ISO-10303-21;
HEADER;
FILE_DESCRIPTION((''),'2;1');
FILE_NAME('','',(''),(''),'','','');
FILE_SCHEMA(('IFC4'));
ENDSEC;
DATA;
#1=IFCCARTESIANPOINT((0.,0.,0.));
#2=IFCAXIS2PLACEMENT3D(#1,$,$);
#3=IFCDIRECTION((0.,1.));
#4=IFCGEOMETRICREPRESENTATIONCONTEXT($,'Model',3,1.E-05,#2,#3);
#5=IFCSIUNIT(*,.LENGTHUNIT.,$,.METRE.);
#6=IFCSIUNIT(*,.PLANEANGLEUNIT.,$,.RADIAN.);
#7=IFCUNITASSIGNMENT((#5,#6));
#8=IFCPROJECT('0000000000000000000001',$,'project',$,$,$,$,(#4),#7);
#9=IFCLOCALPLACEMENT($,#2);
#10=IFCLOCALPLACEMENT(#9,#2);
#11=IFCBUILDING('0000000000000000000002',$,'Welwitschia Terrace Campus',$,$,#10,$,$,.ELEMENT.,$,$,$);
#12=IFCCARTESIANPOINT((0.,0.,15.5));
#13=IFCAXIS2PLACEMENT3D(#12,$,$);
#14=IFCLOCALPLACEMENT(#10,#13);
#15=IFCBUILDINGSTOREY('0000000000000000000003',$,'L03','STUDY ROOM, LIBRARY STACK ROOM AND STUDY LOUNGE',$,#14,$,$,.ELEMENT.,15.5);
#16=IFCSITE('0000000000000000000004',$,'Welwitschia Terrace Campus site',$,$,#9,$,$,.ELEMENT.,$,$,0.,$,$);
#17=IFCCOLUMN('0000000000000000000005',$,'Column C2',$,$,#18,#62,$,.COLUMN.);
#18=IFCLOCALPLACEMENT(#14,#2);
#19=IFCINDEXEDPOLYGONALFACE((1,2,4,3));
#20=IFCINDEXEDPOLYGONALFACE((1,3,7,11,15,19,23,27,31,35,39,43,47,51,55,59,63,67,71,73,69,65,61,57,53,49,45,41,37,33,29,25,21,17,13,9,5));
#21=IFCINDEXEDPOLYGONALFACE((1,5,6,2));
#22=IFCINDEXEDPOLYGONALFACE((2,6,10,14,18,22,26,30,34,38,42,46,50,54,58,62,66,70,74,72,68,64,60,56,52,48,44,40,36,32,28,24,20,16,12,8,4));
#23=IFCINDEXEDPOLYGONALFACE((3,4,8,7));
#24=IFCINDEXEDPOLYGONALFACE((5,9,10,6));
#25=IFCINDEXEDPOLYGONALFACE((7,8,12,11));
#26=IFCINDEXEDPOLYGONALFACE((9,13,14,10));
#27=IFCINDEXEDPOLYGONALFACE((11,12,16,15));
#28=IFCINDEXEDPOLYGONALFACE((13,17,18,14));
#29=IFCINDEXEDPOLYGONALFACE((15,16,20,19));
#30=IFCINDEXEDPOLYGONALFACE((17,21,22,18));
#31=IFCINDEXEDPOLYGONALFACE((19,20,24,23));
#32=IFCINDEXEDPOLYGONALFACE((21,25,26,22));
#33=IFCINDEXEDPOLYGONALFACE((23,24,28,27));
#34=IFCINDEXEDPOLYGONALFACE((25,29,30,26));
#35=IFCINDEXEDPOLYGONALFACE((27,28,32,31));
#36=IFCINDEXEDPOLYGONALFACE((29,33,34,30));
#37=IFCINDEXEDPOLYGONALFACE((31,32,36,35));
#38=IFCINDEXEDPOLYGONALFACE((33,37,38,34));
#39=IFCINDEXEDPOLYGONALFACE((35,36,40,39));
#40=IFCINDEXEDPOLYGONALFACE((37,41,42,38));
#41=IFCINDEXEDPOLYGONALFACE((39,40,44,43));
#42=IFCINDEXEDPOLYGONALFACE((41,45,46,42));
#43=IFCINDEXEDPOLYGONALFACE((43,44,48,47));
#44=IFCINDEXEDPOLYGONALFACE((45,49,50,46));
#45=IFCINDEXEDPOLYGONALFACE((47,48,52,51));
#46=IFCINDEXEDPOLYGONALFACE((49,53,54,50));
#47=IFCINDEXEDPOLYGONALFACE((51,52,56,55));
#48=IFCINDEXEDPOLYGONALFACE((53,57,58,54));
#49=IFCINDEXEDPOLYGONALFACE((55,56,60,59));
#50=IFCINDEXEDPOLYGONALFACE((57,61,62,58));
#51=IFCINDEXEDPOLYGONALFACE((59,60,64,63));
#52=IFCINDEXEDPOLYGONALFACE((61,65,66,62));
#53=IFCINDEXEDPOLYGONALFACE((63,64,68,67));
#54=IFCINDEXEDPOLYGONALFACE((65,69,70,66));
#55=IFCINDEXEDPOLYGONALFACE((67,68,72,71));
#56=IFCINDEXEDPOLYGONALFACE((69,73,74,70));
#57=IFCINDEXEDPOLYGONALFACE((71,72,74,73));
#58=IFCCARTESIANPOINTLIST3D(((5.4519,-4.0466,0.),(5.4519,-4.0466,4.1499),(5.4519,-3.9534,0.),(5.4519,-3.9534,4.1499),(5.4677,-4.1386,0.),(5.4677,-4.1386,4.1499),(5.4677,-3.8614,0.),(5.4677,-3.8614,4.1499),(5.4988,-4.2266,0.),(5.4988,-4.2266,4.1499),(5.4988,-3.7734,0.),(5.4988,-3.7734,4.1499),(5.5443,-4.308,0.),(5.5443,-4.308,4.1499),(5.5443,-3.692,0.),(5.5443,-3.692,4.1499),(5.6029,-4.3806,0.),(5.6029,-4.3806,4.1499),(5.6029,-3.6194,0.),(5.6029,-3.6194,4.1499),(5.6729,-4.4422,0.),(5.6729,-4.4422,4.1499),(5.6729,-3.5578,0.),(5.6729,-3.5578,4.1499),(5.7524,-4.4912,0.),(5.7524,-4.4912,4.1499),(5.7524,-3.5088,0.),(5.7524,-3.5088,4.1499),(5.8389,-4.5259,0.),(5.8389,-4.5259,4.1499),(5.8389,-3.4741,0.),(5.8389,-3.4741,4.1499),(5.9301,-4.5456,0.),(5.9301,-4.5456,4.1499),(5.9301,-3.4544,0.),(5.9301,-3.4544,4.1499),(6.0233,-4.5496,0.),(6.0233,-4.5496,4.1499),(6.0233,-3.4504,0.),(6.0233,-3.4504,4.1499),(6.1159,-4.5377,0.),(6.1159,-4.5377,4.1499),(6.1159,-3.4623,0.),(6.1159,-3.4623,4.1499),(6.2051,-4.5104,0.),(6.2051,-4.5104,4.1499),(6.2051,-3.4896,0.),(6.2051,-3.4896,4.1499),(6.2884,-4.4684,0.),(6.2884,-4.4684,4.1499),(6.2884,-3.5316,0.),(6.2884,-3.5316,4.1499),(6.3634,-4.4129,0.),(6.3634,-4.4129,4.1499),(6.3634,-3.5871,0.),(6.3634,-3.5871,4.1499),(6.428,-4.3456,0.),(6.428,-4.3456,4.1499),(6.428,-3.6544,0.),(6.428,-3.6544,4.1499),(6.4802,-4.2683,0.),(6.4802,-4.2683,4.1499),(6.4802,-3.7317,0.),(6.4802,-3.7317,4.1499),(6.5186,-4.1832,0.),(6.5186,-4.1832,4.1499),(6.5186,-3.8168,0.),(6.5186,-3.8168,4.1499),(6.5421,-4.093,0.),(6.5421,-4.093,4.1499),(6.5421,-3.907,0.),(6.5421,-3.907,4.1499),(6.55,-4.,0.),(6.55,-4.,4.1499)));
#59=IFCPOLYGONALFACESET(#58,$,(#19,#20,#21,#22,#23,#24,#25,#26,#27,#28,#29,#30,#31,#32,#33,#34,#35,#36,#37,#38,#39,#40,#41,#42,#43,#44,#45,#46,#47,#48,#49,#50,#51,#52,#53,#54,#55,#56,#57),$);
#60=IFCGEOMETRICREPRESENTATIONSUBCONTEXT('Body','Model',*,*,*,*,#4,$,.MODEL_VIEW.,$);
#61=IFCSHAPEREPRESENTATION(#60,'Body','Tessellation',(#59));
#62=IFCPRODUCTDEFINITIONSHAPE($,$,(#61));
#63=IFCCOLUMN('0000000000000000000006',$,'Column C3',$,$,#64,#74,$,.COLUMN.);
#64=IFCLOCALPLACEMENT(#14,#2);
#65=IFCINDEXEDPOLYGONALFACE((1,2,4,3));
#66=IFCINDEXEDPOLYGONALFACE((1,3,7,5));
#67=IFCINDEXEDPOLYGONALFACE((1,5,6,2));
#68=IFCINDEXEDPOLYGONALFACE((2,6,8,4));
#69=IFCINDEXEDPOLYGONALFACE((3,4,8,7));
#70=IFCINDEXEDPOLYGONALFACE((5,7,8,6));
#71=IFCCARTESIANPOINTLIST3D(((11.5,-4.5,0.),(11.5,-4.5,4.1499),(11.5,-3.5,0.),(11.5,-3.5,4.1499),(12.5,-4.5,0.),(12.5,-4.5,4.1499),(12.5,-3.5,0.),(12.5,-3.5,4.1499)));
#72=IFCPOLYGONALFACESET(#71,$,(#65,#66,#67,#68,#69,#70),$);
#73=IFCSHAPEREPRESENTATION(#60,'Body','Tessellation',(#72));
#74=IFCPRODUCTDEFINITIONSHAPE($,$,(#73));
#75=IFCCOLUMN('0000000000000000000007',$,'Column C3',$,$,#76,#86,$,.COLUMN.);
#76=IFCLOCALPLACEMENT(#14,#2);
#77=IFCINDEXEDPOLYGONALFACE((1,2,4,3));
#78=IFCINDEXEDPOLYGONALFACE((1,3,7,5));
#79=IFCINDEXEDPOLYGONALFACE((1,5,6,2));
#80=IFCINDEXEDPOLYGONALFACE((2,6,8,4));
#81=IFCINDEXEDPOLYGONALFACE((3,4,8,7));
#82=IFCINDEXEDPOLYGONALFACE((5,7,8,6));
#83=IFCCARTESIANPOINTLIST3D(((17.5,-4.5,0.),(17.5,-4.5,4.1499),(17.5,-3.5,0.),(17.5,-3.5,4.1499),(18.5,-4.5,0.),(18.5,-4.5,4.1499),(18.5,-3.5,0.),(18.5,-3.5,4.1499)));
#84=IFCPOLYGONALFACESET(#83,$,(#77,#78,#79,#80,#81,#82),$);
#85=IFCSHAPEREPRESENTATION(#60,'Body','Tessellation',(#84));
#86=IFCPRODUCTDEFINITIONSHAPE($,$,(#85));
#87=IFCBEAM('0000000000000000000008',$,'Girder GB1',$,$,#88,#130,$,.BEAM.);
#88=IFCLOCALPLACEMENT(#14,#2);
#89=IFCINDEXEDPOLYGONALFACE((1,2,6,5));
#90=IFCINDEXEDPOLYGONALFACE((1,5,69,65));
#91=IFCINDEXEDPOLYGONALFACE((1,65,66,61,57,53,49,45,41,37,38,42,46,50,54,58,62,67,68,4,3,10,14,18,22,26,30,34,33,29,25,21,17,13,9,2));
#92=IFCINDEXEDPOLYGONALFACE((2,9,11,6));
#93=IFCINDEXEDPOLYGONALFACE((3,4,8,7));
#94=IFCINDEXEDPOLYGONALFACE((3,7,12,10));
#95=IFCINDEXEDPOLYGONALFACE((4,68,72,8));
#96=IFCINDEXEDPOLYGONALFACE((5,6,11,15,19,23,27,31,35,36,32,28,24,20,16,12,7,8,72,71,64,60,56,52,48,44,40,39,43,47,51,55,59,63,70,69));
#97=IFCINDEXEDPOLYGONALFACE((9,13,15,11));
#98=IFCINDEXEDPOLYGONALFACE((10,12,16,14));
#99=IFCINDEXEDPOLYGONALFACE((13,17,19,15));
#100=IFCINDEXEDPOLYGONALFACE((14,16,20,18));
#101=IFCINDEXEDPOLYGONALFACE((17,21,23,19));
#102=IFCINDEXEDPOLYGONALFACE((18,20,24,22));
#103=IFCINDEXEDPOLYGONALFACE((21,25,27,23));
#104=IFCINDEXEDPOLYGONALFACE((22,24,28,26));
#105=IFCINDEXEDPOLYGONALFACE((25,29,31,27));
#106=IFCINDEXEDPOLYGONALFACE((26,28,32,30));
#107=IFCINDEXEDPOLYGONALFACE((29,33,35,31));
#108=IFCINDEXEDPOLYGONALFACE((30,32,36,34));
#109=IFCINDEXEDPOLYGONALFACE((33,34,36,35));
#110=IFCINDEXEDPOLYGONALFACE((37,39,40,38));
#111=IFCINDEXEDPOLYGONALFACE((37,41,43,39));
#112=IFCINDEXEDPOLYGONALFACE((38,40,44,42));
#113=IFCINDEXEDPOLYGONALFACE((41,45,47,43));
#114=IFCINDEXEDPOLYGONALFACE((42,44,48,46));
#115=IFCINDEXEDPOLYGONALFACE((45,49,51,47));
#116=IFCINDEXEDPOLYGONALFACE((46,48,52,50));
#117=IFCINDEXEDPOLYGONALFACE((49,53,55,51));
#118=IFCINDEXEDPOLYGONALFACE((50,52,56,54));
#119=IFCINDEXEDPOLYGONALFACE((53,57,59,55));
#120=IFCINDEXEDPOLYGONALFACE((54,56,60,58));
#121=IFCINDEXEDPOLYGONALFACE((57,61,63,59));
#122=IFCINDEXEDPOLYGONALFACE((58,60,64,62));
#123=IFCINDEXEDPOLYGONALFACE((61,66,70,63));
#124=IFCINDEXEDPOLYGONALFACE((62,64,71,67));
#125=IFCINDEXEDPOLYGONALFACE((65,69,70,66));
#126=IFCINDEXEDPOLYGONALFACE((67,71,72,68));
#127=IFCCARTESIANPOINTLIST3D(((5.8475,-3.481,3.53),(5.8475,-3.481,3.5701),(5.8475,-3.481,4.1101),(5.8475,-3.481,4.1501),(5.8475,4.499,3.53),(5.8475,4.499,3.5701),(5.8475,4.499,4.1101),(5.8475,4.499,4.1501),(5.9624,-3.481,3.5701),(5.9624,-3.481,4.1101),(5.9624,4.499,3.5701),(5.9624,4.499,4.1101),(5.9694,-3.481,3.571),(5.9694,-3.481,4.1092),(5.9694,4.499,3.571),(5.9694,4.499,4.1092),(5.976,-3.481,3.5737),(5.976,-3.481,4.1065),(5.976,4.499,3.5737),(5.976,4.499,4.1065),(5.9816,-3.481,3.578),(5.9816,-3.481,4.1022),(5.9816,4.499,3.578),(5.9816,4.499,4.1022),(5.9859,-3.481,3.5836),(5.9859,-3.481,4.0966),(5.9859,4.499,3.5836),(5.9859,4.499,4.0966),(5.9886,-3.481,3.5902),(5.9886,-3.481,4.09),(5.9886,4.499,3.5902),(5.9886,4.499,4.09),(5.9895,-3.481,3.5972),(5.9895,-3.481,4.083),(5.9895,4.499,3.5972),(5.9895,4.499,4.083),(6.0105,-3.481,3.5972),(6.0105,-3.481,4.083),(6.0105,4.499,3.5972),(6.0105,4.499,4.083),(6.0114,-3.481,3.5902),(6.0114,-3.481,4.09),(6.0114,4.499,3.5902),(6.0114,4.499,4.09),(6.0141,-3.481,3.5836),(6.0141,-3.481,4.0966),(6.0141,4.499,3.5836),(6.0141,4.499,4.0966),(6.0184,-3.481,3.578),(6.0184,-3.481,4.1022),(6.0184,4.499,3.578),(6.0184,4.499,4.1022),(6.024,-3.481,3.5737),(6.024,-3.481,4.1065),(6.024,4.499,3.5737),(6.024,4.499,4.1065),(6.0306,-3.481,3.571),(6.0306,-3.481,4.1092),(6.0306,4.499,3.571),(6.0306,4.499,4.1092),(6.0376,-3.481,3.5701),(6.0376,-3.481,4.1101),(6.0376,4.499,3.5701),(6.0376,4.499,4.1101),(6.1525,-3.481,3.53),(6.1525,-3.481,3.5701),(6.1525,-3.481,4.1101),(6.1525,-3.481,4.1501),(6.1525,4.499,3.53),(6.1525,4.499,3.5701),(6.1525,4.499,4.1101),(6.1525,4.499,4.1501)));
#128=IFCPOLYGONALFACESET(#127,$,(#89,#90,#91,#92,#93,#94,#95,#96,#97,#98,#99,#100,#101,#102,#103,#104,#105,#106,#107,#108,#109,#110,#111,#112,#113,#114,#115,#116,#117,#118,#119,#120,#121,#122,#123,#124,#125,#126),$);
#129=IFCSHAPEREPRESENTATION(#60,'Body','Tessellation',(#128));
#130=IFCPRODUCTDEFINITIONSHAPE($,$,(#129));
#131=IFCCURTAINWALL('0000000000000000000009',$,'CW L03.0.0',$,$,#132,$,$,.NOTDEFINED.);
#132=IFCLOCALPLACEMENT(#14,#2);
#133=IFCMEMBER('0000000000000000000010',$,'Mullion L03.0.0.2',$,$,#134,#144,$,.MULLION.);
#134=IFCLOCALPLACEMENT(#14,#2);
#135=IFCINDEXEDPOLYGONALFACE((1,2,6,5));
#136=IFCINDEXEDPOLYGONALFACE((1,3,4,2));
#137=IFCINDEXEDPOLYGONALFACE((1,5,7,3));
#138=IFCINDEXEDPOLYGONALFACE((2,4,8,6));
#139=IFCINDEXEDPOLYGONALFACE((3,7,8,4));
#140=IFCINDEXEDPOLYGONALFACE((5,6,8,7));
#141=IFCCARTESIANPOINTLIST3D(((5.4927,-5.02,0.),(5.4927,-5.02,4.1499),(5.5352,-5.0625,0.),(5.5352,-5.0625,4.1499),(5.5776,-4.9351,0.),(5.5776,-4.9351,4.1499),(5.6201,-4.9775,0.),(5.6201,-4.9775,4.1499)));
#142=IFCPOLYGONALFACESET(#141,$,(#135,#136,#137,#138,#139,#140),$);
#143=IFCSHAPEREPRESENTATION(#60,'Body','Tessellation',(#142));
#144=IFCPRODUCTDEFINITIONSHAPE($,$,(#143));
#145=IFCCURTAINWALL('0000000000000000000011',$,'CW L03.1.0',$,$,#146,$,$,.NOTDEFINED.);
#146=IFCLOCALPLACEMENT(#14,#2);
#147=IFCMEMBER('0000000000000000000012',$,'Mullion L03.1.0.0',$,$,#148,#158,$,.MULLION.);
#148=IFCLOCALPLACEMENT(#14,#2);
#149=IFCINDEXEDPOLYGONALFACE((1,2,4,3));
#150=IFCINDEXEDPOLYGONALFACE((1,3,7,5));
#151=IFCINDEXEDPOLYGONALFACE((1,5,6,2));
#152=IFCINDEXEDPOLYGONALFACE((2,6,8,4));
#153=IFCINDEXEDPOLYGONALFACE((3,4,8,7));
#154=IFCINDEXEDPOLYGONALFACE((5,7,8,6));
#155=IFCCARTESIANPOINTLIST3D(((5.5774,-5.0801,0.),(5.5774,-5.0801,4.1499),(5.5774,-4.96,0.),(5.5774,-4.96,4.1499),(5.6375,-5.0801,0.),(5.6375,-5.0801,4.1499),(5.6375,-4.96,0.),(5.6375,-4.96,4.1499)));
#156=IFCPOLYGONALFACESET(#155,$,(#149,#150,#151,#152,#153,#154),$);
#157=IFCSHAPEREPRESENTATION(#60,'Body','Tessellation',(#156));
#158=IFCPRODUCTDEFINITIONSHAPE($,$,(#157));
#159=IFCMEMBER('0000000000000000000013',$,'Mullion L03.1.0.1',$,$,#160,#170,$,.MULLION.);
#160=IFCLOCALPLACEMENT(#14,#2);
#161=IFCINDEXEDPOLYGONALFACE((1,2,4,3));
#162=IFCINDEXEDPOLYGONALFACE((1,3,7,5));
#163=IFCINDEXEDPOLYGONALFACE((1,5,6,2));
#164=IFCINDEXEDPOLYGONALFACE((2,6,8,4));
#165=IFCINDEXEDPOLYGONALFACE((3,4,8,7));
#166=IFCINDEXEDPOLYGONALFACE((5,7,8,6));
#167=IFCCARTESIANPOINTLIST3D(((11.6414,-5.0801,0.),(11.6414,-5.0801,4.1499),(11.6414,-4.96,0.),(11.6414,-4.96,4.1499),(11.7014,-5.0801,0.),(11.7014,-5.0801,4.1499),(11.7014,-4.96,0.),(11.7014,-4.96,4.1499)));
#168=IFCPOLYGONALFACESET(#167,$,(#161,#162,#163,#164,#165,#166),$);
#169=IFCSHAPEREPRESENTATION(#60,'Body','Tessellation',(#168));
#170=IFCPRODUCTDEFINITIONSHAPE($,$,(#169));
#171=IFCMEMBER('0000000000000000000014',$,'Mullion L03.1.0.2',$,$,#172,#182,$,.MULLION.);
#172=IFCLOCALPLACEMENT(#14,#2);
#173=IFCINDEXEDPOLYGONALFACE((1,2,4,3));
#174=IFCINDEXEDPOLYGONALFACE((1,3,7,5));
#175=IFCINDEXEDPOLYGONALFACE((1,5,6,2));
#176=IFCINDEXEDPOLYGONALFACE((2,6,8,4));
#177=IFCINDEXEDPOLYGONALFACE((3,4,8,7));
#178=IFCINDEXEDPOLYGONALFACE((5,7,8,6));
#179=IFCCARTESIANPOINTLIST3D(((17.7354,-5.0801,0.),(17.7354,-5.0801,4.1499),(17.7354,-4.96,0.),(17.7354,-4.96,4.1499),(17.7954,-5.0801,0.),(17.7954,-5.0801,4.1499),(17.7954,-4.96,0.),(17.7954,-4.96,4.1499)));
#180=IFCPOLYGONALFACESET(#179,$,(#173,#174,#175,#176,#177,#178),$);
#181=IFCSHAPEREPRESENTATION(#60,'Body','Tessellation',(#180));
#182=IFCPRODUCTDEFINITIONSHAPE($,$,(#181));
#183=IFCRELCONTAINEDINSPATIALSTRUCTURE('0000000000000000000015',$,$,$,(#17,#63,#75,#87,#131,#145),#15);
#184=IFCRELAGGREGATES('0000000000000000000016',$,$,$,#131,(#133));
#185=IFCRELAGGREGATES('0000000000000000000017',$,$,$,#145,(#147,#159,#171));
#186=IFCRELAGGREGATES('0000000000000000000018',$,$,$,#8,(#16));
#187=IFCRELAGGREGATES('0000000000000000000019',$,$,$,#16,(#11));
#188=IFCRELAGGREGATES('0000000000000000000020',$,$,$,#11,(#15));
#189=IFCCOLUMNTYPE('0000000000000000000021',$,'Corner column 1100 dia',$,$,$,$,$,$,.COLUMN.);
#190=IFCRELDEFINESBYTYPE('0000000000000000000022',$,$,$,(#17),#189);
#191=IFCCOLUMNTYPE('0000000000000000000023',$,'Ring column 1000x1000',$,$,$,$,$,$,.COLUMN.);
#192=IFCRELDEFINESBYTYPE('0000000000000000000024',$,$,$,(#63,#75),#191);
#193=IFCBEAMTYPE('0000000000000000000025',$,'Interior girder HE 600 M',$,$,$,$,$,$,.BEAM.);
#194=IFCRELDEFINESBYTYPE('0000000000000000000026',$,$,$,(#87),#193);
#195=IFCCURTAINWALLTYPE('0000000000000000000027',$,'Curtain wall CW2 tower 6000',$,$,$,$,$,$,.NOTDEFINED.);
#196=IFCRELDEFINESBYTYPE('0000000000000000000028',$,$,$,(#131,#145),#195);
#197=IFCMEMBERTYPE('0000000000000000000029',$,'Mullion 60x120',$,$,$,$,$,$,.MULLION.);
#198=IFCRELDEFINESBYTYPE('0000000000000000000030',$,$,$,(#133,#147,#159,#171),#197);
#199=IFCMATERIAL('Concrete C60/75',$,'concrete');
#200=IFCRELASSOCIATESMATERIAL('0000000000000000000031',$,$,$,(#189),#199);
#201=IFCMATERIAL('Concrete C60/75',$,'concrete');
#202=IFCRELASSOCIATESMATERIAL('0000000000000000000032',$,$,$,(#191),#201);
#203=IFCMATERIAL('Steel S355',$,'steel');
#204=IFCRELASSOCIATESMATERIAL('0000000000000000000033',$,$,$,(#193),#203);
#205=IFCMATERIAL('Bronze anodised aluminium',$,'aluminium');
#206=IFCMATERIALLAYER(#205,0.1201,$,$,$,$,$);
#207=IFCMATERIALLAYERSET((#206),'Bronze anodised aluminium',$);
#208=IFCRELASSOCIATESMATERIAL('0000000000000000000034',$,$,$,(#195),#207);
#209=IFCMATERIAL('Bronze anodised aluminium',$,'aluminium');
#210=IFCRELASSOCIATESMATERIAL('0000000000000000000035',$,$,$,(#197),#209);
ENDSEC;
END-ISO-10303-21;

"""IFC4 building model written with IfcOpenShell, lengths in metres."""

from ifc_helpers import new_model, si_unit, direction, frame, origin, origin_2d, place, context, subcontext, project, spatial, rectangle, circle, i_section, extrude, material, layer, layer_set, material_profile, profile_set, type_object, element, aggregate, save


model = new_model("IFC4")

# Units and contexts
model_context = context("Model", 3, precision=1e-05, world=origin(), true_north=direction((0.0, 1.0)))
body_context = subcontext(model_context, "Body", "Model", "MODEL_VIEW")
ifc_project = project(units=[si_unit("LENGTHUNIT", "METRE"), si_unit("PLANEANGLEUNIT", "RADIAN")], contexts=[model_context])

# Site, building, storey
site_placement = place(None, origin())
site = spatial("IfcSite", under=ifc_project, at=site_placement, Name="Welwitschia Terrace Campus site", CompositionType="ELEMENT", RefElevation=0.0)
building_placement = place(site_placement, origin())
building = spatial("IfcBuilding", under=site, at=building_placement, Name="Welwitschia Terrace Campus", CompositionType="ELEMENT")
storey_placement = place(building_placement, frame((0.0, 0.0, 15.5)))
storey = spatial("IfcBuildingStorey", under=building, at=storey_placement, Name="L03", Description="STUDY ROOM, LIBRARY STACK ROOM AND STUDY LOUNGE", CompositionType="ELEMENT", Elevation=15.5)

# Columns
ifc_material_1 = material(Name="Concrete C60/75", Category="concrete")
ifc_material_profile_1 = material_profile(ifc_material_1, circle(Radius=0.55, at=origin_2d()))
ifc_profile_set_1 = profile_set([ifc_material_profile_1], Name="Concrete C60/75")
column_type_1 = type_object("IfcColumnType", Name="Corner column 1100 dia", PredefinedType="COLUMN", material=ifc_profile_set_1)
column_placement = place(storey_placement, frame((6.0, -4.0, 0.0), z_axis=(0.0, 0.0, 1.0), x_axis=(1.0, 0.0, 0.0)))
element("IfcColumn", 1, at=column_placement, inside=storey, type_object=column_type_1, Name="Column C2", PredefinedType="COLUMN", context=body_context, shape_type="SweptSolid", body=[
    extrude(circle(Radius=0.55, at=origin_2d()), origin(), (0.0, 0.0, 1.0), 4.1499),
])
ifc_material_2 = material(Name="Concrete C60/75", Category="concrete")
ifc_material_profile_2 = material_profile(ifc_material_2, rectangle(XDim=1.0, YDim=1.0, at=origin_2d()))
ifc_profile_set_2 = profile_set([ifc_material_profile_2], Name="Concrete C60/75")
column_type_2 = type_object("IfcColumnType", Name="Ring column 1000x1000", PredefinedType="COLUMN", material=ifc_profile_set_2)
for number, where, z_axis, x_axis, name in (
    (2, (12.0, -4.0, 0.0), (0.0, 0.0, 1.0), (1.0, 0.0, 0.0), "Column C3"),
    (3, (18.0, -4.0, 0.0), (0.0, 0.0, 1.0), (1.0, 0.0, 0.0), "Column C3"),
):
    element("IfcColumn", number, at=place(storey_placement, frame(where, z_axis=z_axis, x_axis=x_axis)), inside=storey, type_object=column_type_2, Name=name, PredefinedType="COLUMN", context=body_context, shape_type="SweptSolid", body=[
        extrude(rectangle(XDim=1.0, YDim=1.0, at=origin_2d()), origin(), (0.0, 0.0, 1.0), 4.1499),
    ])

# Beam
ifc_material_3 = material(Name="Steel S355", Category="steel")
ifc_material_profile_3 = material_profile(ifc_material_3, i_section(OverallWidth=0.3049, OverallDepth=0.6201, WebThickness=0.021, FlangeThickness=0.04, FilletRadius=0.0271, at=origin_2d()))
ifc_profile_set_3 = profile_set([ifc_material_profile_3], Name="Steel S355")
beam_type_1 = type_object("IfcBeamType", Name="Interior girder HE 600 M", PredefinedType="BEAM", material=ifc_profile_set_3)
beam_1_placement = place(storey_placement, frame((6.0, -3.481, 3.8401), z_axis=(0.0, 1.0, 0.0), x_axis=(-1.0, 0.0, 0.0)))
element("IfcBeam", 4, at=beam_1_placement, inside=storey, type_object=beam_type_1, Name="Girder GB1", PredefinedType="BEAM", context=body_context, shape_type="SweptSolid", body=[
    extrude(i_section(OverallWidth=0.3049, OverallDepth=0.6201, WebThickness=0.021, FlangeThickness=0.04, FilletRadius=0.0271, at=origin_2d()), origin(), (0.0, 0.0, 1.0), 7.98),
])

# Curtain wall, member
ifc_material_4 = material(Name="Bronze anodised aluminium", Category="aluminium")
ifc_layer_1 = layer(ifc_material_4, 0.1201)
ifc_layer_set_1 = layer_set([ifc_layer_1], Name="Bronze anodised aluminium")
curtain_wall_type = type_object("IfcCurtainWallType", Name="Curtain wall CW2 tower 6000", PredefinedType="NOTDEFINED", material=ifc_layer_set_1)
curtain_wall_1_placement = place(storey_placement, origin())
curtain_wall_1 = element("IfcCurtainWall", 5, at=curtain_wall_1_placement, inside=storey, type_object=curtain_wall_type, Name="CW L03.0.0", PredefinedType="NOTDEFINED")
ifc_material_5 = material(Name="Bronze anodised aluminium", Category="aluminium")
ifc_material_profile_4 = material_profile(ifc_material_5, rectangle(XDim=0.1201, YDim=0.0601, at=origin_2d()))
ifc_profile_set_4 = profile_set([ifc_material_profile_4], Name="Bronze anodised aluminium")
member_type_1 = type_object("IfcMemberType", Name="Mullion 60x120", PredefinedType="MULLION", material=ifc_profile_set_4)
member_1_placement = place(storey_placement, frame((5.5564, -4.9988, 0.0), z_axis=(0.0, 0.0, 1.0), x_axis=(0.707107, 0.707107, 0.0)))
member_1 = element("IfcMember", 6, at=member_1_placement, type_object=member_type_1, Name="Mullion L03.0.0.2", PredefinedType="MULLION", context=body_context, shape_type="SweptSolid", body=[
    extrude(rectangle(XDim=0.1201, YDim=0.0601, at=origin_2d()), origin(), (0.0, 0.0, 1.0), 4.1499),
])

# Curtain wall, members
curtain_wall_2_placement = place(storey_placement, origin())
curtain_wall_2 = element("IfcCurtainWall", 7, at=curtain_wall_2_placement, inside=storey, type_object=curtain_wall_type, Name="CW L03.1.0", PredefinedType="NOTDEFINED")
member_2_placement = place(storey_placement, frame((5.6074, -5.02, 0.0), z_axis=(0.0, 0.0, 1.0), x_axis=(0.0, 1.0, 0.0)))
member_2 = element("IfcMember", 8, at=member_2_placement, type_object=member_type_1, Name="Mullion L03.1.0.0", PredefinedType="MULLION", context=body_context, shape_type="SweptSolid", body=[
    extrude(rectangle(XDim=0.1201, YDim=0.0601, at=origin_2d()), origin(), (0.0, 0.0, 1.0), 4.1499),
])
member_3_placement = place(storey_placement, frame((11.6714, -5.02, 0.0), z_axis=(0.0, 0.0, 1.0), x_axis=(0.0, 1.0, 0.0)))
member_3 = element("IfcMember", 9, at=member_3_placement, type_object=member_type_1, Name="Mullion L03.1.0.1", PredefinedType="MULLION", context=body_context, shape_type="SweptSolid", body=[
    extrude(rectangle(XDim=0.1201, YDim=0.0601, at=origin_2d()), origin(), (0.0, 0.0, 1.0), 4.1499),
])
member_4_placement = place(storey_placement, frame((17.7654, -5.02, 0.0), z_axis=(0.0, 0.0, 1.0), x_axis=(0.0, 1.0, 0.0)))
member_4 = element("IfcMember", 10, at=member_4_placement, type_object=member_type_1, Name="Mullion L03.1.0.2", PredefinedType="MULLION", context=body_context, shape_type="SweptSolid", body=[
    extrude(rectangle(XDim=0.1201, YDim=0.0601, at=origin_2d()), origin(), (0.0, 0.0, 1.0), 4.1499),
])

aggregate(curtain_wall_1, [member_1])
aggregate(curtain_wall_2, [member_2, member_3, member_4])

save(model, "model.ifc")
